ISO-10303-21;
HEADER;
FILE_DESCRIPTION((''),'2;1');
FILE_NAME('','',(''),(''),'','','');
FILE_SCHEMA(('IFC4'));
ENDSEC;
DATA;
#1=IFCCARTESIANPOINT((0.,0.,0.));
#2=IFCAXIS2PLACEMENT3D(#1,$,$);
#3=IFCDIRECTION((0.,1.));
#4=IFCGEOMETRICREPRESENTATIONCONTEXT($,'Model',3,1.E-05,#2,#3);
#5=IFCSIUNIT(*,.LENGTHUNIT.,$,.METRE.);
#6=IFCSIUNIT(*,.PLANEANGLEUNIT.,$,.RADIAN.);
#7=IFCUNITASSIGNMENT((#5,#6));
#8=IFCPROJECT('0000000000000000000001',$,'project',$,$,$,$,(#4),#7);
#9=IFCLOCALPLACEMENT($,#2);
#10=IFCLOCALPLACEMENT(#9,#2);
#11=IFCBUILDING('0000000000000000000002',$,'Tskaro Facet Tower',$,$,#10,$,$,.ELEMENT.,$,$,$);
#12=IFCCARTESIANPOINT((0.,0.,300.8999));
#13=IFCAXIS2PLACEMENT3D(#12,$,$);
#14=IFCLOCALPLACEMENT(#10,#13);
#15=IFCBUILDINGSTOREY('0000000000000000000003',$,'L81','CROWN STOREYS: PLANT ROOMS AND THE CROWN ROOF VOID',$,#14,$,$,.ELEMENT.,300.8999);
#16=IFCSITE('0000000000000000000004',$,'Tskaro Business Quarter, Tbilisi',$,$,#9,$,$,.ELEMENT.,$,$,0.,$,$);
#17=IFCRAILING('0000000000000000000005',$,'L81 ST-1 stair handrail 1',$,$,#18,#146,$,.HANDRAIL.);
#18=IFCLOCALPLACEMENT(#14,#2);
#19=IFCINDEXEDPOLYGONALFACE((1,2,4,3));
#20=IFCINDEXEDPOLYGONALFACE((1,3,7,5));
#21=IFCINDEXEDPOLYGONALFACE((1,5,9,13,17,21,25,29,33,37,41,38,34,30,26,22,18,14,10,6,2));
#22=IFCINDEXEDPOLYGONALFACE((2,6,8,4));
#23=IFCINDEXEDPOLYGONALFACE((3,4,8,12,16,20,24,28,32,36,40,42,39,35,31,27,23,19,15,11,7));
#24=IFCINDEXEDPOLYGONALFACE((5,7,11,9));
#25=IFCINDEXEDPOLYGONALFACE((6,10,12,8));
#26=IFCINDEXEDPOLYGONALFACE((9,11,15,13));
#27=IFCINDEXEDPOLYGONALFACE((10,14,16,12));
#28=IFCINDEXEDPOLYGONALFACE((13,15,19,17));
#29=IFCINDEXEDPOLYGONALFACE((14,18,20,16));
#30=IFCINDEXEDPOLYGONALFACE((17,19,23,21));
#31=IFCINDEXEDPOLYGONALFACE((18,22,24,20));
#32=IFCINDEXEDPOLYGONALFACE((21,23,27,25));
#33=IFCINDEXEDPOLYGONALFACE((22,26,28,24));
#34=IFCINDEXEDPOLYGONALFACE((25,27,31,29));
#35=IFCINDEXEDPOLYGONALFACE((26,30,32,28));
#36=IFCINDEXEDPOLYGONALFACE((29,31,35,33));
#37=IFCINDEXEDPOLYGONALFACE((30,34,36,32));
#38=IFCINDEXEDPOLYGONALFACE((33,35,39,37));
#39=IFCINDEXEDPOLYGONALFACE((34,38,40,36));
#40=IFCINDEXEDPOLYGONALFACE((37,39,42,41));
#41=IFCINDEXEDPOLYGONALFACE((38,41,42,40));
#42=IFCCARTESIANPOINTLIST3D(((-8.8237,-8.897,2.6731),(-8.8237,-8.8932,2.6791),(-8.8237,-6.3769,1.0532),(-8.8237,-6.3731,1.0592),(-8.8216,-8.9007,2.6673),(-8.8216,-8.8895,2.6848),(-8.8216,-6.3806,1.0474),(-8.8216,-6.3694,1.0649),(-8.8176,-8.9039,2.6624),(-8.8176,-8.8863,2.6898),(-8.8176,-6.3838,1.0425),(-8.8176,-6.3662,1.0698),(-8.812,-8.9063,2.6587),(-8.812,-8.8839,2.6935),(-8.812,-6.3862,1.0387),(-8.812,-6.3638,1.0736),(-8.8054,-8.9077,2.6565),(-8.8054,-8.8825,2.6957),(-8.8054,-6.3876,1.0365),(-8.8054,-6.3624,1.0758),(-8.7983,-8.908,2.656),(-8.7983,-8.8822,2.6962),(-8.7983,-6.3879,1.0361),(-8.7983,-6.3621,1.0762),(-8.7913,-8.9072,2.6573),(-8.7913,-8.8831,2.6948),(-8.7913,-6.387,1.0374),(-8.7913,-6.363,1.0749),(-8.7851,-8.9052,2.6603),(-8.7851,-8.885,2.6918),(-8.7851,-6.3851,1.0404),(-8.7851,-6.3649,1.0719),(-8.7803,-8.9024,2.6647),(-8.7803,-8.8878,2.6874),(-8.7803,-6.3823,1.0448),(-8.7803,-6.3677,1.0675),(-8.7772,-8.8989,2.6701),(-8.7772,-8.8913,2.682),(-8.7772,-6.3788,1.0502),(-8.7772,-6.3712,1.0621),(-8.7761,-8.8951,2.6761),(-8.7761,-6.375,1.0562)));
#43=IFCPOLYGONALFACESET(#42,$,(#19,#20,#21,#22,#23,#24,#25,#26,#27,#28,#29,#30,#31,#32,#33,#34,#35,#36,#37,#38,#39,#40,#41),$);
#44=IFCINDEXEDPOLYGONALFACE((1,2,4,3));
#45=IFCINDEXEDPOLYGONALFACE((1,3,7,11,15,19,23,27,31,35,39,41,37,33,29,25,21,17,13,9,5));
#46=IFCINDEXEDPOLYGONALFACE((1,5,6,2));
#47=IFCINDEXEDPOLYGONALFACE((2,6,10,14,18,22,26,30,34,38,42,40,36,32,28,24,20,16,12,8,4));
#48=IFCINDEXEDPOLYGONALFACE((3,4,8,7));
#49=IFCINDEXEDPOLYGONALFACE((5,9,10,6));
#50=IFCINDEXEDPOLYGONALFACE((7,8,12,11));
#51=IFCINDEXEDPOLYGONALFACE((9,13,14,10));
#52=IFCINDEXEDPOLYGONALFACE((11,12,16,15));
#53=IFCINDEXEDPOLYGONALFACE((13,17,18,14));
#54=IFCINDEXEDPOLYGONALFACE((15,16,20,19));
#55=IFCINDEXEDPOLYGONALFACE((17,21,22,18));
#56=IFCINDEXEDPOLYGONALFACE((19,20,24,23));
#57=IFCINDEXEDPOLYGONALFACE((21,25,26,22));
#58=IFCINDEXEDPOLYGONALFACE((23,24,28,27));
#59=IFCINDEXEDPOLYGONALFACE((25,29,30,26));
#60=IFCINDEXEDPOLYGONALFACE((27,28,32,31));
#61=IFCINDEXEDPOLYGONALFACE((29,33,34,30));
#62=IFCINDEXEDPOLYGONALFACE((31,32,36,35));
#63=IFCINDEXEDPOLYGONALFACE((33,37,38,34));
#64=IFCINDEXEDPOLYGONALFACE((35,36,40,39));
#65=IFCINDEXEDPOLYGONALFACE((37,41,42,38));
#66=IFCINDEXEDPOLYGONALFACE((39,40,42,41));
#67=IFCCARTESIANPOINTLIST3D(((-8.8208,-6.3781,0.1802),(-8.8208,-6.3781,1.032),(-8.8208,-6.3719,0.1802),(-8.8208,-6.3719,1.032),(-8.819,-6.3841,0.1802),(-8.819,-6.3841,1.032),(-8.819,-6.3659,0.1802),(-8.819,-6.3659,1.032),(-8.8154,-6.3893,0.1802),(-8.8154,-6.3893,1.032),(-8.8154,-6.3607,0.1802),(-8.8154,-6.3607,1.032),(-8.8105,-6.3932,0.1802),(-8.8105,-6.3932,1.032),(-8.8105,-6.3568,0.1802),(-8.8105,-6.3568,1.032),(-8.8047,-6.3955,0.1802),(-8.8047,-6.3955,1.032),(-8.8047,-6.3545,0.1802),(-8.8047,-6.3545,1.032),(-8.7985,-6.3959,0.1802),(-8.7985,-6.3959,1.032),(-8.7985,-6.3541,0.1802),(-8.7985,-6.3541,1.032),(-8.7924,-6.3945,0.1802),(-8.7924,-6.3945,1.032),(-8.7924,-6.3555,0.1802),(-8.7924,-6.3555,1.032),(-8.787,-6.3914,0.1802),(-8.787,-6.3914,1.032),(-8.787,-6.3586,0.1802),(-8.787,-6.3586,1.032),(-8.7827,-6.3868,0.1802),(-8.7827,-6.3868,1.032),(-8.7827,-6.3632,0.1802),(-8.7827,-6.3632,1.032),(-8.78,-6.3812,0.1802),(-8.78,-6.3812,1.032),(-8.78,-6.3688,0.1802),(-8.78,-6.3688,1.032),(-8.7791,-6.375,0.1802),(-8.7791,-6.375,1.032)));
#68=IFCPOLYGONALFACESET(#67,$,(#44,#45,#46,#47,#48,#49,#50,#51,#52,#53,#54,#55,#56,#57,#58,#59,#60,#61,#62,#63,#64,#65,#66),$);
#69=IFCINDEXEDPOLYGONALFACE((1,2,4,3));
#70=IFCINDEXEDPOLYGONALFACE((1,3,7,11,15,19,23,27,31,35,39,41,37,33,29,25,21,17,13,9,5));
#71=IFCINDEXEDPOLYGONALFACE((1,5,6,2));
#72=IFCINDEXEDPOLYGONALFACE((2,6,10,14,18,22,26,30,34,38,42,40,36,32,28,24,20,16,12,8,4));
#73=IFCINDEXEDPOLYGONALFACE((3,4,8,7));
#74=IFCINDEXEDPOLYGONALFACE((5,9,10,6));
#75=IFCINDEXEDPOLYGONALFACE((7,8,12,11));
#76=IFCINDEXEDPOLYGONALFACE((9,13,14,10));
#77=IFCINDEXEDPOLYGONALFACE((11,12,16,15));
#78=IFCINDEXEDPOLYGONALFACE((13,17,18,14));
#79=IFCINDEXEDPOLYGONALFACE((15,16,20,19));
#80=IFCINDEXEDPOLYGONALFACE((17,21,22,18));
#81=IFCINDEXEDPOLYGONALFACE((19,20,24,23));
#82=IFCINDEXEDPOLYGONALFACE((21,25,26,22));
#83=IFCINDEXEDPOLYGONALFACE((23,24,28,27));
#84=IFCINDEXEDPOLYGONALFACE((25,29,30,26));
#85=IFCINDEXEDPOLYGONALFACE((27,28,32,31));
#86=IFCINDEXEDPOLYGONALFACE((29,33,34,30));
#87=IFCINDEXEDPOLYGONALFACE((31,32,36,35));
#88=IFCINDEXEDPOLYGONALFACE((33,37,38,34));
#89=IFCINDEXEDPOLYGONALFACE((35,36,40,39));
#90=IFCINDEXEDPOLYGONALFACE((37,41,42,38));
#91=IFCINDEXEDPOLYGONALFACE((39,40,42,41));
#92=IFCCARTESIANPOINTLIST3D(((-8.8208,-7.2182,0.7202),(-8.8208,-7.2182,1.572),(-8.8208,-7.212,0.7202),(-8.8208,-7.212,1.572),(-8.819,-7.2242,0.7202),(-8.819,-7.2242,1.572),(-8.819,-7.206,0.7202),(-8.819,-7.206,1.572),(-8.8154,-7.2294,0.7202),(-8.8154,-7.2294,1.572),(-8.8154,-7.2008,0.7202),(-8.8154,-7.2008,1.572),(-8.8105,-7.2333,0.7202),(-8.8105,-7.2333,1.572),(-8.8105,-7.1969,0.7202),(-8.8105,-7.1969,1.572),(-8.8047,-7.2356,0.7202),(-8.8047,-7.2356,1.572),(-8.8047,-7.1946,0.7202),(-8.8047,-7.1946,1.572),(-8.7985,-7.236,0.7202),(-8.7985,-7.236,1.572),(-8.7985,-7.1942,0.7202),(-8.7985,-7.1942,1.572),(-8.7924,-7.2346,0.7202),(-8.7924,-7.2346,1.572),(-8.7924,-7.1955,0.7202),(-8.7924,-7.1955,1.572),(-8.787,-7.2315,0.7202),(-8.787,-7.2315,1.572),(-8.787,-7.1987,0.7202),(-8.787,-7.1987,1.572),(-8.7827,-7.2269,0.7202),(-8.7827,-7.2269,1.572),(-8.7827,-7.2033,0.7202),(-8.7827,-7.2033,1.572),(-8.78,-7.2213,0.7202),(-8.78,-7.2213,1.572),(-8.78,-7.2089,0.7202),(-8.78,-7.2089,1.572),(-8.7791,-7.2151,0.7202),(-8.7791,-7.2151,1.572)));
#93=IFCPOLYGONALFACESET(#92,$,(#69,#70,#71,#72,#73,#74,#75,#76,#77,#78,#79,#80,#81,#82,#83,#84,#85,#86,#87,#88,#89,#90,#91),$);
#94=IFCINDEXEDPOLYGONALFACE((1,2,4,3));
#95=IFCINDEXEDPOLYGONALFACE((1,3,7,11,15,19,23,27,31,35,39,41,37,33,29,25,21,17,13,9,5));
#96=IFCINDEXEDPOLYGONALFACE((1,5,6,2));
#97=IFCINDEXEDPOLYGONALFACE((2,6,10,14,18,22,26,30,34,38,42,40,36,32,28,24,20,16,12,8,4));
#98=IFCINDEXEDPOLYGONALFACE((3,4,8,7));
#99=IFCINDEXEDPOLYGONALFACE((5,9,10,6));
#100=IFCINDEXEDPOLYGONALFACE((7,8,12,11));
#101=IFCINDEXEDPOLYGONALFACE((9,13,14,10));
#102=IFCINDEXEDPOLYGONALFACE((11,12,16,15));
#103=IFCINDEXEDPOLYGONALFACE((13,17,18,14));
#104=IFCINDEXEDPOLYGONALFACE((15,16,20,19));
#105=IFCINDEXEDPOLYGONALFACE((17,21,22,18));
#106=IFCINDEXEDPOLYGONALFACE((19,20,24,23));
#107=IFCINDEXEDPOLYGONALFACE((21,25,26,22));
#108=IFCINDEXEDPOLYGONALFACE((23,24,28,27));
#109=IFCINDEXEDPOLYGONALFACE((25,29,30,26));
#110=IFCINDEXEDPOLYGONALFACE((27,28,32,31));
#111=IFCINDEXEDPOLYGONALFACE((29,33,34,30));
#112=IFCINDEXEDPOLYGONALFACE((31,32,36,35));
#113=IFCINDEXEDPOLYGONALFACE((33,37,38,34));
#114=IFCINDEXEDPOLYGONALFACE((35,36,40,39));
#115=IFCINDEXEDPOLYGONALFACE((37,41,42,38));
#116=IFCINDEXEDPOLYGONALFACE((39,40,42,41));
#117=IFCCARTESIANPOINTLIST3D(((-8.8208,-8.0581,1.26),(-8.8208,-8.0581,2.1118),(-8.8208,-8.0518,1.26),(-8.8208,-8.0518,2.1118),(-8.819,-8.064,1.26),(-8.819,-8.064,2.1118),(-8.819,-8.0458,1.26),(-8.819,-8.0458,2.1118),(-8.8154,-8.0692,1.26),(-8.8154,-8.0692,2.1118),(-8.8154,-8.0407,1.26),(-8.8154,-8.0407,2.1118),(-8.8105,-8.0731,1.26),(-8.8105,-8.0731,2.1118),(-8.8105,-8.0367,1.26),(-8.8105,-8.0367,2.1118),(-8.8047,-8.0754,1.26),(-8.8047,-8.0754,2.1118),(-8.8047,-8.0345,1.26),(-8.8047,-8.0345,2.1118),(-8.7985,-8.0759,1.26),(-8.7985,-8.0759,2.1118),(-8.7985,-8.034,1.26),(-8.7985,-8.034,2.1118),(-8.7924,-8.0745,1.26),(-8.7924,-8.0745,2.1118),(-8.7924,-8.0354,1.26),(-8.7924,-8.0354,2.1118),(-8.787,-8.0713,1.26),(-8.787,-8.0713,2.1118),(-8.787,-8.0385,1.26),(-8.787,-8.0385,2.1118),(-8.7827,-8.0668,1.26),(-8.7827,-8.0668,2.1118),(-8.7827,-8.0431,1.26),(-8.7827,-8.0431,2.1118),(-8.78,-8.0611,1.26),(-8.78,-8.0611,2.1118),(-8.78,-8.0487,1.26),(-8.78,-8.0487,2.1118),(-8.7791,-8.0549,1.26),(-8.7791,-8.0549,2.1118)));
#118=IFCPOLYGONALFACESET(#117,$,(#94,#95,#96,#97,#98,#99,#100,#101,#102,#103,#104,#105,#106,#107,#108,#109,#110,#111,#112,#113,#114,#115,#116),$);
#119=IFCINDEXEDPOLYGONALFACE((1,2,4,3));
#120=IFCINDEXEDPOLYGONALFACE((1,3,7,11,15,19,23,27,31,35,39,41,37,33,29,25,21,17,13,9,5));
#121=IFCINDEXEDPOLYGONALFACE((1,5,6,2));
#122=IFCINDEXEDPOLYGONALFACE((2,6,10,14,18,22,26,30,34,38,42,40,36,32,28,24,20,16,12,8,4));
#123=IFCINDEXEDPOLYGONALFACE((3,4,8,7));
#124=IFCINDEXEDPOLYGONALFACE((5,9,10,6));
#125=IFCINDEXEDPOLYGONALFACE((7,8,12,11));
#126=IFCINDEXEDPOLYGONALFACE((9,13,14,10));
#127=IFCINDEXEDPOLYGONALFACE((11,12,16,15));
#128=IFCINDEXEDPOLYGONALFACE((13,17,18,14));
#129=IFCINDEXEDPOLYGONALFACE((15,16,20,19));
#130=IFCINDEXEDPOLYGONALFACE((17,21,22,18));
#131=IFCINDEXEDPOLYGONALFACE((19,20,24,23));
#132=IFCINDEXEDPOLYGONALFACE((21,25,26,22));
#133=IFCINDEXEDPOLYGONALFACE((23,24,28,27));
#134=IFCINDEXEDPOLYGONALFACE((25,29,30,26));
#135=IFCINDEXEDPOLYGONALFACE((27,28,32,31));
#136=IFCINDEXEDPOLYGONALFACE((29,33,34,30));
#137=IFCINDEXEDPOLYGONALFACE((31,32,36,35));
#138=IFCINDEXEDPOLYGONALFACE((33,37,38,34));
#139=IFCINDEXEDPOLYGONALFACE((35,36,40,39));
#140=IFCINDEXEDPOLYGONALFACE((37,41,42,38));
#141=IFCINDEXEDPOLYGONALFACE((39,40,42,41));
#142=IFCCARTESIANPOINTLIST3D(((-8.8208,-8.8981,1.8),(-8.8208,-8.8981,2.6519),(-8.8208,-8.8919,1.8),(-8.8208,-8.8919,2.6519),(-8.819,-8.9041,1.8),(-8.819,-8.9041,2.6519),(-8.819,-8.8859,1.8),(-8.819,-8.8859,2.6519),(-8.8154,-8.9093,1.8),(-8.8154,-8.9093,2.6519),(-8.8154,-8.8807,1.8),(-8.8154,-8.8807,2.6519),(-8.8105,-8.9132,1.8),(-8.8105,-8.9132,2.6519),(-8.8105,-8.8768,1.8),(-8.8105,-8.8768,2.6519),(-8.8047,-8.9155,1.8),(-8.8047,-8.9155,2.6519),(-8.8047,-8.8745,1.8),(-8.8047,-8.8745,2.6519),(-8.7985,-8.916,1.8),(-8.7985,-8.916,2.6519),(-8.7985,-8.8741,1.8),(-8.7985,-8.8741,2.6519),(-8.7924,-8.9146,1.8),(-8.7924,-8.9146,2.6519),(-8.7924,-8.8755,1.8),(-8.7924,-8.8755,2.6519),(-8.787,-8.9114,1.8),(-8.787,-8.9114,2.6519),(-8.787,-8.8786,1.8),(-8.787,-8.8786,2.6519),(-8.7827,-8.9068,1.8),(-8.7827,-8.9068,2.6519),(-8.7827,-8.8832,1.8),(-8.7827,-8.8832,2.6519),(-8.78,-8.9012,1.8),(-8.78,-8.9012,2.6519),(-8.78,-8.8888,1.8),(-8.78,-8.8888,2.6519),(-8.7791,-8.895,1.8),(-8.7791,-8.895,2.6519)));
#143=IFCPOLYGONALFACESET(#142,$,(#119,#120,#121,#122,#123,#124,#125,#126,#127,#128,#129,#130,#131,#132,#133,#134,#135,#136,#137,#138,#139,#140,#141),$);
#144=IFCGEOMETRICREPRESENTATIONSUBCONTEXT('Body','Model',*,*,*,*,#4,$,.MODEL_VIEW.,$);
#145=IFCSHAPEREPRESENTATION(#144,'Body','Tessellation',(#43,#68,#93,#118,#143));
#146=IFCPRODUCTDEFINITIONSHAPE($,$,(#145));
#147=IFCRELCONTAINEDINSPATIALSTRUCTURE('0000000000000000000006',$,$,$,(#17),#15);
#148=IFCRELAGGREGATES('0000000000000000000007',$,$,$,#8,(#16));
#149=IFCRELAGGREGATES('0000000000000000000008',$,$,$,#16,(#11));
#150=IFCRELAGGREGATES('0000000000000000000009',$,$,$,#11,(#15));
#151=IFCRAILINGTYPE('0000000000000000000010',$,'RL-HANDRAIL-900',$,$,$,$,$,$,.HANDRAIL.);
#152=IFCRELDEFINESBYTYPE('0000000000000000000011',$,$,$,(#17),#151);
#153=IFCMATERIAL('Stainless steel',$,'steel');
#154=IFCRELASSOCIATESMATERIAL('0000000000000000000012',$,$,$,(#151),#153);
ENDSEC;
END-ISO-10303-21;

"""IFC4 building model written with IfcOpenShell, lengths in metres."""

from ifc_helpers import new_model, si_unit, direction, frame, origin, origin_2d, place, context, subcontext, project, spatial, circle, extrude, material, type_object, element, save


model = new_model("IFC4")

# Units and contexts
model_context = context("Model", 3, precision=1e-05, world=origin(), true_north=direction((0.0, 1.0)))
body_context = subcontext(model_context, "Body", "Model", "MODEL_VIEW")
ifc_project = project(units=[si_unit("LENGTHUNIT", "METRE"), si_unit("PLANEANGLEUNIT", "RADIAN")], contexts=[model_context])

# Site, building, storey
site_placement = place(None, origin())
site = spatial("IfcSite", under=ifc_project, at=site_placement, Name="Tskaro Business Quarter, Tbilisi", CompositionType="ELEMENT", RefElevation=0.0)
building_placement = place(site_placement, origin())
building = spatial("IfcBuilding", under=site, at=building_placement, Name="Tskaro Facet Tower", CompositionType="ELEMENT")
storey_placement = place(building_placement, frame((0.0, 0.0, 300.8999)))
storey = spatial("IfcBuildingStorey", under=building, at=storey_placement, Name="L81", Description="CROWN STOREYS: PLANT ROOMS AND THE CROWN ROOF VOID", CompositionType="ELEMENT", Elevation=300.8999)

# Railing
ifc_material_1 = material(Name="Stainless steel", Category="steel")
railing_type_1 = type_object("IfcRailingType", Name="RL-HANDRAIL-900", PredefinedType="HANDRAIL", material=ifc_material_1)
railing_1_placement = place(storey_placement, frame((-8.8, -6.375, 0.1802)))
element("IfcRailing", 1, at=railing_1_placement, inside=storey, type_object=railing_type_1, Name="L81 ST-1 stair handrail 1", PredefinedType="HANDRAIL", context=body_context, shape_type="SweptSolid", body=[
    extrude(circle(Radius=0.0239, at=origin_2d()), frame((0.0, 0.0, 0.876), z_axis=(0.0, -0.8412, 0.540725), x_axis=(1.0, 0.0, 0.0)), (0.0, 0.0, 1.0), 2.9958),
    extrude(circle(Radius=0.021, at=origin_2d()), origin(), (0.0, 0.0, 1.0), 0.8518),
    extrude(circle(Radius=0.021, at=origin_2d()), frame((0.0, -0.8401, 0.54)), (0.0, 0.0, 1.0), 0.8518),
    extrude(circle(Radius=0.021, at=origin_2d()), frame((0.0, -1.6799, 1.0798)), (0.0, 0.0, 1.0), 0.8518),
    extrude(circle(Radius=0.021, at=origin_2d()), frame((0.0, -2.52, 1.6199)), (0.0, 0.0, 1.0), 0.8518),
])

save(model, "model.ifc")
